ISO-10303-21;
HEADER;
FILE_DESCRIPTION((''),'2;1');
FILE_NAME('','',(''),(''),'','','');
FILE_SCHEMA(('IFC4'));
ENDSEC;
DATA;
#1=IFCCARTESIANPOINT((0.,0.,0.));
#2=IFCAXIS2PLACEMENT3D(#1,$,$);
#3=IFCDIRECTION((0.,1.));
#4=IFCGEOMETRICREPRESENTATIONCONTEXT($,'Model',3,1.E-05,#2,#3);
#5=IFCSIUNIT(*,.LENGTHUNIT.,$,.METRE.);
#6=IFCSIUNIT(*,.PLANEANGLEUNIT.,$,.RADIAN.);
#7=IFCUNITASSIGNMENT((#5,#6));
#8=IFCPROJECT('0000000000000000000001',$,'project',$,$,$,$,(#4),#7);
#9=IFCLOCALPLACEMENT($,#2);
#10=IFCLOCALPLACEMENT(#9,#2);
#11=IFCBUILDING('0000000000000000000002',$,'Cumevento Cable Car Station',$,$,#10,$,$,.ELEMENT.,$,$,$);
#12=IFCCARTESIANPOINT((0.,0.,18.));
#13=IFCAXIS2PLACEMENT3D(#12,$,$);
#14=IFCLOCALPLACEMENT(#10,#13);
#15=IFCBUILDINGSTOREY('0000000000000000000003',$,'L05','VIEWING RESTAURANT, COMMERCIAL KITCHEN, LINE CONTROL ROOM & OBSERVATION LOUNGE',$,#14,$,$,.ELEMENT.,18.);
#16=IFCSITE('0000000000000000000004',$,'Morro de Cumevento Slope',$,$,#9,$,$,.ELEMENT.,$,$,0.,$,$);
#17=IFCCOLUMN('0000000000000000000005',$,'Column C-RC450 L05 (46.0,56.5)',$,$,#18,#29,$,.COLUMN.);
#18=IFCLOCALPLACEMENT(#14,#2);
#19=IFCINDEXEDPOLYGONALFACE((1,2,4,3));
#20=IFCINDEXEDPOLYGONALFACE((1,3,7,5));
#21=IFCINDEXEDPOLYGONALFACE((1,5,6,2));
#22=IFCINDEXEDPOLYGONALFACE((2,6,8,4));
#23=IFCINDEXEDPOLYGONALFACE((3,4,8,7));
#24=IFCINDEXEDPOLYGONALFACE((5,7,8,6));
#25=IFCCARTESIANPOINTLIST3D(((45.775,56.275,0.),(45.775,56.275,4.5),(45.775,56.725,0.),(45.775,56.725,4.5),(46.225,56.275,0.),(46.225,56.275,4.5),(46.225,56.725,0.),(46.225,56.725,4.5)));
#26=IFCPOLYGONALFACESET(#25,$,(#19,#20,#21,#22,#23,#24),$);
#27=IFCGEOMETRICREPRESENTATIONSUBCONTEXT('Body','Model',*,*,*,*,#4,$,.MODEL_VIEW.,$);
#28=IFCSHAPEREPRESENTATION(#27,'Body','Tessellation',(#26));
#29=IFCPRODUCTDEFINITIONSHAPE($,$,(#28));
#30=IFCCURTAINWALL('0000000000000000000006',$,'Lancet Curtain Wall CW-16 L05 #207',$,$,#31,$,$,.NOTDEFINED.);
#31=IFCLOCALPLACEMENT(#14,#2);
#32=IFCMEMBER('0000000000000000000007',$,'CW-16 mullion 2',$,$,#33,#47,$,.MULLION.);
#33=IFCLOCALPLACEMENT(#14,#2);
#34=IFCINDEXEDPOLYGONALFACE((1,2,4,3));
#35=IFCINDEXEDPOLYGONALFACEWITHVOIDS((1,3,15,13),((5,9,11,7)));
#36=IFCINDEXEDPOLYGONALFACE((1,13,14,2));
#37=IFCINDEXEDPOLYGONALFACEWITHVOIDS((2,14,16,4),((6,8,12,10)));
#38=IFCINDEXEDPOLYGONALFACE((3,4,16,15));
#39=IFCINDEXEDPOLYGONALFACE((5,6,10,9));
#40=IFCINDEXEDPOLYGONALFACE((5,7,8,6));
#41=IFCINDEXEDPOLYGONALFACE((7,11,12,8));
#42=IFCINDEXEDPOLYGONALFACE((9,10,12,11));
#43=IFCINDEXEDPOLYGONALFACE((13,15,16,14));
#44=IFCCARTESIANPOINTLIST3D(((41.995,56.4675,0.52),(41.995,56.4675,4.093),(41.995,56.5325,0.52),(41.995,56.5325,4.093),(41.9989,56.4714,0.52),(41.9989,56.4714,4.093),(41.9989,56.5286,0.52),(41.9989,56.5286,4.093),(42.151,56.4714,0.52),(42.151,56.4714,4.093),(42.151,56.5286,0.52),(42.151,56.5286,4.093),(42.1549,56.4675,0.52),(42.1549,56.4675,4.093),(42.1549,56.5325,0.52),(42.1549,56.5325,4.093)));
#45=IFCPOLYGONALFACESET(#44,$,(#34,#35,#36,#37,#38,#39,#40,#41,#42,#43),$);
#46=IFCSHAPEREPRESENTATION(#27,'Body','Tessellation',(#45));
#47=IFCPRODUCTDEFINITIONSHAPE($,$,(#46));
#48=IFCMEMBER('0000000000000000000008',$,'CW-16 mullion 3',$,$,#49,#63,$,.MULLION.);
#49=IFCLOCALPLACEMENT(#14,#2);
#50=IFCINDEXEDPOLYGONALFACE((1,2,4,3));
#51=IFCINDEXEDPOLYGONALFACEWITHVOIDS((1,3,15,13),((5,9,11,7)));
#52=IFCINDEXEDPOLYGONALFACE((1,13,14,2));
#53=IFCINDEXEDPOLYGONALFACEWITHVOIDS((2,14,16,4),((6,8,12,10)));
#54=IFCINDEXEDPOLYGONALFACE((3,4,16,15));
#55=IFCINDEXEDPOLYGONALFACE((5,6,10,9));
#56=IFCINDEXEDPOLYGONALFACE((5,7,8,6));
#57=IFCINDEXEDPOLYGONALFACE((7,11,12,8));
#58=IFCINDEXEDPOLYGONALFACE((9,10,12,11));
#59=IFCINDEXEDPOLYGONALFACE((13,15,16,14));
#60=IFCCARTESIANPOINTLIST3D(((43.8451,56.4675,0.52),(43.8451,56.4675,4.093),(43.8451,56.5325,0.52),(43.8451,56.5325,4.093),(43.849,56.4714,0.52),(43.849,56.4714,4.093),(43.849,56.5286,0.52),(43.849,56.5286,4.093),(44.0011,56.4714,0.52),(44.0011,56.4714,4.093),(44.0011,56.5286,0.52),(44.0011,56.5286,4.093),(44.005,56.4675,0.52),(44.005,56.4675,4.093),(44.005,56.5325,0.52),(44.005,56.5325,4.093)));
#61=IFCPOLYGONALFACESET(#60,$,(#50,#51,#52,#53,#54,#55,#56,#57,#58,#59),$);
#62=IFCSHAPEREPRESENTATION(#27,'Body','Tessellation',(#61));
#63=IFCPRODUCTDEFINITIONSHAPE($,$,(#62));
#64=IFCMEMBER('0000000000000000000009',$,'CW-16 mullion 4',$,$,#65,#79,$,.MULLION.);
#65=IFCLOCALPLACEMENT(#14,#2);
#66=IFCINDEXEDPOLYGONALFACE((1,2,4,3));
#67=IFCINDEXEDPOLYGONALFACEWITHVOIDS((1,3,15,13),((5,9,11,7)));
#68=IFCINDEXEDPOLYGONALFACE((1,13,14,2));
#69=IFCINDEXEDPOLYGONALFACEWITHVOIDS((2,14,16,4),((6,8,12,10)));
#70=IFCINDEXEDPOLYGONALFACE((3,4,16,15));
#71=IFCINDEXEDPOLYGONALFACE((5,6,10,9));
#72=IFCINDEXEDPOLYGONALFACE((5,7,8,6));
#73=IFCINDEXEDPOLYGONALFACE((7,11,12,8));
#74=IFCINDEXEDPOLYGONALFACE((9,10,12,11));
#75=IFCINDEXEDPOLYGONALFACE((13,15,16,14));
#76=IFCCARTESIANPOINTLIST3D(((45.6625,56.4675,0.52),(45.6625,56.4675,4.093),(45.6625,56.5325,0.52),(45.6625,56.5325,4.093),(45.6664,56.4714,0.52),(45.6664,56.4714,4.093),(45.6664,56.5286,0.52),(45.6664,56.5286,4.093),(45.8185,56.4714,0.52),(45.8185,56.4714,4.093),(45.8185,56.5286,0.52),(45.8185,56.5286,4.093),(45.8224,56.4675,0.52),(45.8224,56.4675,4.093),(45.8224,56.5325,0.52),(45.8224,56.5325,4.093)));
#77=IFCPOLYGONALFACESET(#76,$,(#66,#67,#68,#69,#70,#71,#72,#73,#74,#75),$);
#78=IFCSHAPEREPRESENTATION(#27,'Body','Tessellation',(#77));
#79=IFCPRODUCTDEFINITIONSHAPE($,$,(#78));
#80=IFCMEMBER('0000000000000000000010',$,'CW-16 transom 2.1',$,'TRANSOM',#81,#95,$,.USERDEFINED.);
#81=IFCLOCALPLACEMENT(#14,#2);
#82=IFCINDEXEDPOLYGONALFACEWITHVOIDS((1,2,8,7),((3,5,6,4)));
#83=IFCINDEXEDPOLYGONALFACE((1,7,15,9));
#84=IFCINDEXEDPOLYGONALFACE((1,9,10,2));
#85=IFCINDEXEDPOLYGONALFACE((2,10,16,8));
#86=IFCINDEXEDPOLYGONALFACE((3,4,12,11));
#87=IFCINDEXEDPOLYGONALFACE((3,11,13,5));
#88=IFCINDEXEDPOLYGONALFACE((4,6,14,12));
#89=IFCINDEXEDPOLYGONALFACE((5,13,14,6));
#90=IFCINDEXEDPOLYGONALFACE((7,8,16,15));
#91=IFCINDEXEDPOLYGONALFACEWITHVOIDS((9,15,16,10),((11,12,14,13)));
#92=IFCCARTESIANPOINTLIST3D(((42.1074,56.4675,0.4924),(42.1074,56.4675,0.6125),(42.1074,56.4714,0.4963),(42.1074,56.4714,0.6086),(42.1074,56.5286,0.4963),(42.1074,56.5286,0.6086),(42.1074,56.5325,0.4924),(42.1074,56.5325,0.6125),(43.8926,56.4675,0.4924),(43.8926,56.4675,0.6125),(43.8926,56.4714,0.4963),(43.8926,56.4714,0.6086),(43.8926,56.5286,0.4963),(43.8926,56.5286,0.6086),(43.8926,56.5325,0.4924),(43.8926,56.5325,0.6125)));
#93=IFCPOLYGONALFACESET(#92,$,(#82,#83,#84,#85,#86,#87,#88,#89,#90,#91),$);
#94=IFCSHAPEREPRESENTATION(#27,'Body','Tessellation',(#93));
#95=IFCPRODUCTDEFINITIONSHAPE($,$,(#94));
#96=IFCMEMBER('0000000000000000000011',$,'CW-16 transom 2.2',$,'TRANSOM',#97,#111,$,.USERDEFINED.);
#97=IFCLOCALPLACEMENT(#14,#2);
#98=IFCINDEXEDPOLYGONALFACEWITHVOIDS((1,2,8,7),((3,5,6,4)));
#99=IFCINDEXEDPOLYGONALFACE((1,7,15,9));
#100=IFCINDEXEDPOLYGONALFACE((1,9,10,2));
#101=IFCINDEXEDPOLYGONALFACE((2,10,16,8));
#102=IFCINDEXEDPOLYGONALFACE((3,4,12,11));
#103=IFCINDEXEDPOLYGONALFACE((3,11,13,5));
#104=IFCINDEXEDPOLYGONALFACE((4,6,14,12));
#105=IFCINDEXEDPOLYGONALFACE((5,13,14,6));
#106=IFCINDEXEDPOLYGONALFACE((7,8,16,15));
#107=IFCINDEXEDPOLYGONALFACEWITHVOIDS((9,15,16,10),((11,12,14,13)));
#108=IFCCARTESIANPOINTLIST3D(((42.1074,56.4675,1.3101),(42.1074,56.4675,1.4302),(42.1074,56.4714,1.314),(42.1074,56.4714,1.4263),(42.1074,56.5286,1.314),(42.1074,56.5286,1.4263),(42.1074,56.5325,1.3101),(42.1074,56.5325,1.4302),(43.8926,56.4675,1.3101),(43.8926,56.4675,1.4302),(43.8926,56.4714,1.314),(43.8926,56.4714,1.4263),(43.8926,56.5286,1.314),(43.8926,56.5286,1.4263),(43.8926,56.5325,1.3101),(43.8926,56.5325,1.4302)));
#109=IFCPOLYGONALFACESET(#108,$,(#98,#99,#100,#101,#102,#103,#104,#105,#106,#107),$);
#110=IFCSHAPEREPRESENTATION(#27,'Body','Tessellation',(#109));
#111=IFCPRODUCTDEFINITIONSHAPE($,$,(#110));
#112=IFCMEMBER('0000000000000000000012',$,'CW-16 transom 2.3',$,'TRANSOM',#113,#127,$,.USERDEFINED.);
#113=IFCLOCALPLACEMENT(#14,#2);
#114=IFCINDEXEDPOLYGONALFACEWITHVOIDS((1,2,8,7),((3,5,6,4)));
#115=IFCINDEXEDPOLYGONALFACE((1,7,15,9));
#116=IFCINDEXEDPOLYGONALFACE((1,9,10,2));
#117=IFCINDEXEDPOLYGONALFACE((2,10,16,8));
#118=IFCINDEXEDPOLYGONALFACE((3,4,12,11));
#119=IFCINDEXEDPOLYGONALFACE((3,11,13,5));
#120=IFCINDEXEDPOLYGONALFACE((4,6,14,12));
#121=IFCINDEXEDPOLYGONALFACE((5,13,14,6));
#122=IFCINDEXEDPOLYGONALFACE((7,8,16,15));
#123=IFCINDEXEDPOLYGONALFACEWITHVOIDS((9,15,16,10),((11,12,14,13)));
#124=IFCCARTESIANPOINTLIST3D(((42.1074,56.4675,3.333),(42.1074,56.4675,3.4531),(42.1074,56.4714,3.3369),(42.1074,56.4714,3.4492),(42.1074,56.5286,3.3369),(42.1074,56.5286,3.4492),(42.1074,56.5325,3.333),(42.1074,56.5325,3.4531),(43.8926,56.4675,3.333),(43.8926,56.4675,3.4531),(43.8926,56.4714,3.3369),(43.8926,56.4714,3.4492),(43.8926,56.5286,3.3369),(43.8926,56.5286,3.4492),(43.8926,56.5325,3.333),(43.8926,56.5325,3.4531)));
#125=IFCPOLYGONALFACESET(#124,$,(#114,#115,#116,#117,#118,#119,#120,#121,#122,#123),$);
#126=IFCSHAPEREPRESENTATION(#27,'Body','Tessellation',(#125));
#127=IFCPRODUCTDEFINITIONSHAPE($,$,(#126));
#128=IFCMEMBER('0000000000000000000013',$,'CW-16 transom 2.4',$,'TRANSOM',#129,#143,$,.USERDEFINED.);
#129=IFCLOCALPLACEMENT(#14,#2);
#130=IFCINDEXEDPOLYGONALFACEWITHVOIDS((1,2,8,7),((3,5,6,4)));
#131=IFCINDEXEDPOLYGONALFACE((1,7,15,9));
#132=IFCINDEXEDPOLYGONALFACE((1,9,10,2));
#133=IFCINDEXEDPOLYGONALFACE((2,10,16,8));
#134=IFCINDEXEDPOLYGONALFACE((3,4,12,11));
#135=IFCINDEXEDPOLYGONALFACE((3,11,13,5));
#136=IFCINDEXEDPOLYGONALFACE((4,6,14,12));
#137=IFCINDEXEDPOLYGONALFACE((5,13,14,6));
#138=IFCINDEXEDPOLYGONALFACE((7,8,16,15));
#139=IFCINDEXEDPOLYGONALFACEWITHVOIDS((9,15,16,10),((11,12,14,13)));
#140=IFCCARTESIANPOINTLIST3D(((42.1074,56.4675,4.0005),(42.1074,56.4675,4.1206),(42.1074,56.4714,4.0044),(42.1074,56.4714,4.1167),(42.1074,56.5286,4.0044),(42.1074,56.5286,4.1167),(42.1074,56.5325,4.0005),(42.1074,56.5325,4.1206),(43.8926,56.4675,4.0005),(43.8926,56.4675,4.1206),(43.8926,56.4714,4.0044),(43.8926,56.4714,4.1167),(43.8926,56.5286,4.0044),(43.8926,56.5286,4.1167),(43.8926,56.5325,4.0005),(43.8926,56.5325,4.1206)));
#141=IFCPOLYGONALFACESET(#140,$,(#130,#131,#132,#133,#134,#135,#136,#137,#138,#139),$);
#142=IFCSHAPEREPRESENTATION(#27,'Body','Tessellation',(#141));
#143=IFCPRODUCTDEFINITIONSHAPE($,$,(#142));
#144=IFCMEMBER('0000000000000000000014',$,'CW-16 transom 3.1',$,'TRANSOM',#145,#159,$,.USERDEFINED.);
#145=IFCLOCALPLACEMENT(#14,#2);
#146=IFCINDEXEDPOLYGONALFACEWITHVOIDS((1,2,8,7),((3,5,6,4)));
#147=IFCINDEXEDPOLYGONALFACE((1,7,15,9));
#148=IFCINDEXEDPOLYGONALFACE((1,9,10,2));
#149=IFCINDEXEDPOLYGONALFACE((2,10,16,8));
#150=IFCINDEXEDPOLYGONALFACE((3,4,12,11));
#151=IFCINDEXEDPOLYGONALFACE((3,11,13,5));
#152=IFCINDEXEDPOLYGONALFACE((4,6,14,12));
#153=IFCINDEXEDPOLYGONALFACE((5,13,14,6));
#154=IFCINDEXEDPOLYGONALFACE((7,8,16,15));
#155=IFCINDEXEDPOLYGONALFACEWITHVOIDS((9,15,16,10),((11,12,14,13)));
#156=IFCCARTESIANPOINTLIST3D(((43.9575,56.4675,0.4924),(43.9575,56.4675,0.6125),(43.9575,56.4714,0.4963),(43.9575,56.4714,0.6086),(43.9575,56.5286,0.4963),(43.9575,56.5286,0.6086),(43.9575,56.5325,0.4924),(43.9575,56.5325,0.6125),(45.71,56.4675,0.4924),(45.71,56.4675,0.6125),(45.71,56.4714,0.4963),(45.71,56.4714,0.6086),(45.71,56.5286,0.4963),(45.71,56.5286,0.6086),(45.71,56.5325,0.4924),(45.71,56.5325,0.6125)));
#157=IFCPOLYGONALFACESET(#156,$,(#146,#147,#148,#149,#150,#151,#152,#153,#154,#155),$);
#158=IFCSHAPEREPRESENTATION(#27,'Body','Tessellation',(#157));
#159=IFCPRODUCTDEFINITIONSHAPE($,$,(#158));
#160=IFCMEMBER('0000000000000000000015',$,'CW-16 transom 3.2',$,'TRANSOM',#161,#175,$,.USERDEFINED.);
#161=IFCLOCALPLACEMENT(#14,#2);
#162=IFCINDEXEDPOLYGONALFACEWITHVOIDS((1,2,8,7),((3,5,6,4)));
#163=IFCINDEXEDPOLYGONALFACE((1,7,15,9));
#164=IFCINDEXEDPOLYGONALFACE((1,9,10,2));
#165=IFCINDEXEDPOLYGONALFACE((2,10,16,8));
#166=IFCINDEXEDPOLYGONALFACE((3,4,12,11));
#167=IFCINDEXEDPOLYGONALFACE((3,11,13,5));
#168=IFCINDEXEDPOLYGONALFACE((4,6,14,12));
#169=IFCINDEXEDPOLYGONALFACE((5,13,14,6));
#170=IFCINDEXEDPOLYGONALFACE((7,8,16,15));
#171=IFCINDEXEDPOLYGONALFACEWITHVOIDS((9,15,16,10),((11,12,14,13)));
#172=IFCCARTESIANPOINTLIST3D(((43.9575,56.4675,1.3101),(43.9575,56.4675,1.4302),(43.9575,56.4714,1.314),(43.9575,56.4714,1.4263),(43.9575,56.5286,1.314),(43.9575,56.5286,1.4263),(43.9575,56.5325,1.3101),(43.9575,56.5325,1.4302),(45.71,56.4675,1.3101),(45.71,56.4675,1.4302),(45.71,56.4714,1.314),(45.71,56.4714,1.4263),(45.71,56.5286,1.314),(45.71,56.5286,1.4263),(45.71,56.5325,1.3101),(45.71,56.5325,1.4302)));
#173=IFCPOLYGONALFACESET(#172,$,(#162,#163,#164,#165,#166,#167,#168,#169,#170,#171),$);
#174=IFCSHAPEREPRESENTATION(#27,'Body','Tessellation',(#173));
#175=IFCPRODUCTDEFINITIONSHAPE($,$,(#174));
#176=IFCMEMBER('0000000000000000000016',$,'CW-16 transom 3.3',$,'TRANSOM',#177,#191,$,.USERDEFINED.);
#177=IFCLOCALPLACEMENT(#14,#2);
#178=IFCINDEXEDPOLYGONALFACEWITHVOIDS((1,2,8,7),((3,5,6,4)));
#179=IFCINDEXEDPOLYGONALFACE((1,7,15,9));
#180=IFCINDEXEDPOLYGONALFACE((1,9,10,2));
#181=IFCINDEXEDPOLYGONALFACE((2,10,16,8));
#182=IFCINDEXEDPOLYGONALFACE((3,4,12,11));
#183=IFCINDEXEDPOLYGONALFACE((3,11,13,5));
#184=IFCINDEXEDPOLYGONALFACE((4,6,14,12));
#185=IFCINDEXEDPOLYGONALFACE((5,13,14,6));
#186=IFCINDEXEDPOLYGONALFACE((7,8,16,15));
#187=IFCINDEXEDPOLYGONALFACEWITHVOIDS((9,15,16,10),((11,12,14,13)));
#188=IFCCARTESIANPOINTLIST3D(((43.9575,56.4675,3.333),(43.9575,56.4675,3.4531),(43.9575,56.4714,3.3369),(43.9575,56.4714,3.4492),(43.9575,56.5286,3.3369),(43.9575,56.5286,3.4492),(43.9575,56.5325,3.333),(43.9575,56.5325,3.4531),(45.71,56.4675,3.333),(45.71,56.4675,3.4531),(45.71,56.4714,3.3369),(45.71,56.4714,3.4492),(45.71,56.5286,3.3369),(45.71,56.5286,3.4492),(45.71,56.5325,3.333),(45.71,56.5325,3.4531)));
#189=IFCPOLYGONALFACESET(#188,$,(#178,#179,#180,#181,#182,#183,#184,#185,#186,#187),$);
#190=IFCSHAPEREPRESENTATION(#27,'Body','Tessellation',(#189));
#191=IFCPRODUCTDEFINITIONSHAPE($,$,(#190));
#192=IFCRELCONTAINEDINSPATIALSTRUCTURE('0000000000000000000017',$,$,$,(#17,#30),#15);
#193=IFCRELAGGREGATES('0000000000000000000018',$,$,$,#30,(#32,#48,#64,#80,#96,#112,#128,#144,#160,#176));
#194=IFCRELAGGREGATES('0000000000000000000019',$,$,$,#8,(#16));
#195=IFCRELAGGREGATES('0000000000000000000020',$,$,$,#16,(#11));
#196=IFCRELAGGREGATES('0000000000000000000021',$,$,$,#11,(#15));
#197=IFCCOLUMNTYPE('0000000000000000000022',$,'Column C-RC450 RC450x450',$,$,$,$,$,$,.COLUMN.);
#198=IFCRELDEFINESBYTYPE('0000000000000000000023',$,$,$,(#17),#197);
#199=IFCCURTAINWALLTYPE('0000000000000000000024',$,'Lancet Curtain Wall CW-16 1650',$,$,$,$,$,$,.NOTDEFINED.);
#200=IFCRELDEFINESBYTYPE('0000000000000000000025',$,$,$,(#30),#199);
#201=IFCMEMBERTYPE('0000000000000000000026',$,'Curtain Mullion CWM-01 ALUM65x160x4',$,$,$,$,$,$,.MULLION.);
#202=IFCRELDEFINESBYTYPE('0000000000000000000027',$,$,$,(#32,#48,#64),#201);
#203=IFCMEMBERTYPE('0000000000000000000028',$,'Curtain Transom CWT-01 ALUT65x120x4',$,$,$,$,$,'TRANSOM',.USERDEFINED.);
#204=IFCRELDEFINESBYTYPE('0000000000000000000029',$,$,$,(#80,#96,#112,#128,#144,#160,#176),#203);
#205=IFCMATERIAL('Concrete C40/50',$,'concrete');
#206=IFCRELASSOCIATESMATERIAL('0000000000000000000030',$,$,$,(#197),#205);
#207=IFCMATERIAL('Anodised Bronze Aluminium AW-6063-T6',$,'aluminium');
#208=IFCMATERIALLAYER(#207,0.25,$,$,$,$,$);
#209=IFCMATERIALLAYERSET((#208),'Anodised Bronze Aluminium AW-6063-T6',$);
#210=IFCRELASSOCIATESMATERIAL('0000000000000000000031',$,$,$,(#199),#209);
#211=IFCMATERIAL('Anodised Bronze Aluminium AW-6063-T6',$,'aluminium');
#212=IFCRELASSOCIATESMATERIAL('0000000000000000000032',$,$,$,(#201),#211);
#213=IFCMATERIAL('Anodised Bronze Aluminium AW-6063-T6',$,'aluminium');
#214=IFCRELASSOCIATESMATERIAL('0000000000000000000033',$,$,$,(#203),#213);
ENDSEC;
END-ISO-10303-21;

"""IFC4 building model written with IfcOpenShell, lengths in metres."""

from ifc_helpers import new_model, si_unit, direction, frame, origin, origin_2d, place, context, subcontext, project, spatial, rectangle, hollow_rectangle, extrude, material, layer, layer_set, material_profile, profile_set, type_object, element, aggregate, save


model = new_model("IFC4")

# Units and contexts
model_context = context("Model", 3, precision=1e-05, world=origin(), true_north=direction((0.0, 1.0)))
body_context = subcontext(model_context, "Body", "Model", "MODEL_VIEW")
ifc_project = project(units=[si_unit("LENGTHUNIT", "METRE"), si_unit("PLANEANGLEUNIT", "RADIAN")], contexts=[model_context])

# Site, building, storey
site_placement = place(None, origin())
site = spatial("IfcSite", under=ifc_project, at=site_placement, Name="Morro de Cumevento Slope", CompositionType="ELEMENT", RefElevation=0.0)
building_placement = place(site_placement, origin())
building = spatial("IfcBuilding", under=site, at=building_placement, Name="Cumevento Cable Car Station", CompositionType="ELEMENT")
storey_placement = place(building_placement, frame((0.0, 0.0, 18.0)))
storey = spatial("IfcBuildingStorey", under=building, at=storey_placement, Name="L05", Description="VIEWING RESTAURANT, COMMERCIAL KITCHEN, LINE CONTROL ROOM & OBSERVATION LOUNGE", CompositionType="ELEMENT", Elevation=18.0)

# Column
ifc_material_1 = material(Name="Concrete C40/50", Category="concrete")
ifc_material_profile_1 = material_profile(ifc_material_1, rectangle(XDim=0.45, YDim=0.45, at=origin_2d()), Name="RC450x450")
ifc_profile_set_1 = profile_set([ifc_material_profile_1], Name="Concrete C40/50")
column_type = type_object("IfcColumnType", Name="Column C-RC450 RC450x450", PredefinedType="COLUMN", material=ifc_profile_set_1)
column_placement = place(storey_placement, frame((46.0, 56.5, 0.0), z_axis=(0.0, 0.0, 1.0), x_axis=(1.0, 0.0, 0.0)))
element("IfcColumn", 1, at=column_placement, inside=storey, type_object=column_type, Name="Column C-RC450 L05 (46.0,56.5)", PredefinedType="COLUMN", context=body_context, shape_type="SweptSolid", body=[
    extrude(rectangle(XDim=0.45, YDim=0.45, at=origin_2d()), origin(), (0.0, 0.0, 1.0), 4.5),
])

# Curtain wall, members
ifc_material_2 = material(Name="Anodised Bronze Aluminium AW-6063-T6", Category="aluminium")
ifc_layer_1 = layer(ifc_material_2, 0.25)
ifc_layer_set_1 = layer_set([ifc_layer_1], Name="Anodised Bronze Aluminium AW-6063-T6")
curtain_wall_type = type_object("IfcCurtainWallType", Name="Lancet Curtain Wall CW-16 1650", PredefinedType="NOTDEFINED", material=ifc_layer_set_1)
curtain_wall_placement = place(storey_placement, origin())
curtain_wall = element("IfcCurtainWall", 2, at=curtain_wall_placement, inside=storey, type_object=curtain_wall_type, Name="Lancet Curtain Wall CW-16 L05 #207", PredefinedType="NOTDEFINED")
ifc_material_3 = material(Name="Anodised Bronze Aluminium AW-6063-T6", Category="aluminium")
ifc_material_profile_2 = material_profile(ifc_material_3, hollow_rectangle(XDim=0.0649, YDim=0.1599, WallThickness=0.0039, at=origin_2d()), Name="ALUM65x160x4")
ifc_profile_set_2 = profile_set([ifc_material_profile_2], Name="Anodised Bronze Aluminium AW-6063-T6")
member_type_1 = type_object("IfcMemberType", Name="Curtain Mullion CWM-01 ALUM65x160x4", PredefinedType="MULLION", material=ifc_profile_set_2)
member_1_placement = place(storey_placement, frame((42.075, 56.5, 0.52), z_axis=(0.0, 0.0, 1.0), x_axis=(0.0, 1.0, 0.0)))
member_1 = element("IfcMember", 3, at=member_1_placement, type_object=member_type_1, Name="CW-16 mullion 2", PredefinedType="MULLION", context=body_context, shape_type="SweptSolid", body=[
    extrude(hollow_rectangle(XDim=0.0649, YDim=0.1599, WallThickness=0.0039, at=origin_2d()), origin(), (0.0, 0.0, 1.0), 3.573),
])
member_2_placement = place(storey_placement, frame((43.925, 56.5, 0.52), z_axis=(0.0, 0.0, 1.0), x_axis=(0.0, 1.0, 0.0)))
member_2 = element("IfcMember", 4, at=member_2_placement, type_object=member_type_1, Name="CW-16 mullion 3", PredefinedType="MULLION", context=body_context, shape_type="SweptSolid", body=[
    extrude(hollow_rectangle(XDim=0.0649, YDim=0.1599, WallThickness=0.0039, at=origin_2d()), origin(), (0.0, 0.0, 1.0), 3.573),
])
member_3_placement = place(storey_placement, frame((45.7424, 56.5, 0.52), z_axis=(0.0, 0.0, 1.0), x_axis=(0.0, 1.0, 0.0)))
member_3 = element("IfcMember", 5, at=member_3_placement, type_object=member_type_1, Name="CW-16 mullion 4", PredefinedType="MULLION", context=body_context, shape_type="SweptSolid", body=[
    extrude(hollow_rectangle(XDim=0.0649, YDim=0.1599, WallThickness=0.0039, at=origin_2d()), origin(), (0.0, 0.0, 1.0), 3.573),
])
ifc_material_4 = material(Name="Anodised Bronze Aluminium AW-6063-T6", Category="aluminium")
ifc_material_profile_3 = material_profile(ifc_material_4, hollow_rectangle(XDim=0.0649, YDim=0.1201, WallThickness=0.0039, at=origin_2d()), Name="ALUT65x120x4")
ifc_profile_set_3 = profile_set([ifc_material_profile_3], Name="Anodised Bronze Aluminium AW-6063-T6")
member_type_2 = type_object("IfcMemberType", Name="Curtain Transom CWT-01 ALUT65x120x4", ElementType="TRANSOM", PredefinedType="USERDEFINED", material=ifc_profile_set_3)
member_4_placement = place(storey_placement, frame((42.1074, 56.5, 0.5525), z_axis=(1.0, 0.0, 0.0), x_axis=(0.0, 1.0, 0.0)))
member_4 = element("IfcMember", 6, at=member_4_placement, type_object=member_type_2, Name="CW-16 transom 2.1", ObjectType="TRANSOM", PredefinedType="USERDEFINED", context=body_context, shape_type="SweptSolid", body=[
    extrude(hollow_rectangle(XDim=0.0649, YDim=0.1201, WallThickness=0.0039, at=origin_2d()), origin(), (0.0, 0.0, 1.0), 1.7852),
])
member_5_placement = place(storey_placement, frame((42.1074, 56.5, 1.3701), z_axis=(1.0, 0.0, 0.0), x_axis=(0.0, 1.0, 0.0)))
member_5 = element("IfcMember", 7, at=member_5_placement, type_object=member_type_2, Name="CW-16 transom 2.2", ObjectType="TRANSOM", PredefinedType="USERDEFINED", context=body_context, shape_type="SweptSolid", body=[
    extrude(hollow_rectangle(XDim=0.0649, YDim=0.1201, WallThickness=0.0039, at=origin_2d()), origin(), (0.0, 0.0, 1.0), 1.7852),
])
member_6_placement = place(storey_placement, frame((42.1074, 56.5, 3.3931), z_axis=(1.0, 0.0, 0.0), x_axis=(0.0, 1.0, 0.0)))
member_6 = element("IfcMember", 8, at=member_6_placement, type_object=member_type_2, Name="CW-16 transom 2.3", ObjectType="TRANSOM", PredefinedType="USERDEFINED", context=body_context, shape_type="SweptSolid", body=[
    extrude(hollow_rectangle(XDim=0.0649, YDim=0.1201, WallThickness=0.0039, at=origin_2d()), origin(), (0.0, 0.0, 1.0), 1.7852),
])
member_7_placement = place(storey_placement, frame((42.1074, 56.5, 4.0605), z_axis=(1.0, 0.0, 0.0), x_axis=(0.0, 1.0, 0.0)))
member_7 = element("IfcMember", 9, at=member_7_placement, type_object=member_type_2, Name="CW-16 transom 2.4", ObjectType="TRANSOM", PredefinedType="USERDEFINED", context=body_context, shape_type="SweptSolid", body=[
    extrude(hollow_rectangle(XDim=0.0649, YDim=0.1201, WallThickness=0.0039, at=origin_2d()), origin(), (0.0, 0.0, 1.0), 1.7852),
])
member_8_placement = place(storey_placement, frame((43.9575, 56.5, 0.5525), z_axis=(1.0, 0.0, 0.0), x_axis=(0.0, 1.0, 0.0)))
member_8 = element("IfcMember", 10, at=member_8_placement, type_object=member_type_2, Name="CW-16 transom 3.1", ObjectType="TRANSOM", PredefinedType="USERDEFINED", context=body_context, shape_type="SweptSolid", body=[
    extrude(hollow_rectangle(XDim=0.0649, YDim=0.1201, WallThickness=0.0039, at=origin_2d()), origin(), (0.0, 0.0, 1.0), 1.7524),
])
member_9_placement = place(storey_placement, frame((43.9575, 56.5, 1.3701), z_axis=(1.0, 0.0, 0.0), x_axis=(0.0, 1.0, 0.0)))
member_9 = element("IfcMember", 11, at=member_9_placement, type_object=member_type_2, Name="CW-16 transom 3.2", ObjectType="TRANSOM", PredefinedType="USERDEFINED", context=body_context, shape_type="SweptSolid", body=[
    extrude(hollow_rectangle(XDim=0.0649, YDim=0.1201, WallThickness=0.0039, at=origin_2d()), origin(), (0.0, 0.0, 1.0), 1.7524),
])
member_10_placement = place(storey_placement, frame((43.9575, 56.5, 3.3931), z_axis=(1.0, 0.0, 0.0), x_axis=(0.0, 1.0, 0.0)))
member_10 = element("IfcMember", 12, at=member_10_placement, type_object=member_type_2, Name="CW-16 transom 3.3", ObjectType="TRANSOM", PredefinedType="USERDEFINED", context=body_context, shape_type="SweptSolid", body=[
    extrude(hollow_rectangle(XDim=0.0649, YDim=0.1201, WallThickness=0.0039, at=origin_2d()), origin(), (0.0, 0.0, 1.0), 1.7524),
])

aggregate(curtain_wall, [member_1, member_2, member_3, member_4, member_5, member_6, member_7, member_8, member_9, member_10])

save(model, "model.ifc")
